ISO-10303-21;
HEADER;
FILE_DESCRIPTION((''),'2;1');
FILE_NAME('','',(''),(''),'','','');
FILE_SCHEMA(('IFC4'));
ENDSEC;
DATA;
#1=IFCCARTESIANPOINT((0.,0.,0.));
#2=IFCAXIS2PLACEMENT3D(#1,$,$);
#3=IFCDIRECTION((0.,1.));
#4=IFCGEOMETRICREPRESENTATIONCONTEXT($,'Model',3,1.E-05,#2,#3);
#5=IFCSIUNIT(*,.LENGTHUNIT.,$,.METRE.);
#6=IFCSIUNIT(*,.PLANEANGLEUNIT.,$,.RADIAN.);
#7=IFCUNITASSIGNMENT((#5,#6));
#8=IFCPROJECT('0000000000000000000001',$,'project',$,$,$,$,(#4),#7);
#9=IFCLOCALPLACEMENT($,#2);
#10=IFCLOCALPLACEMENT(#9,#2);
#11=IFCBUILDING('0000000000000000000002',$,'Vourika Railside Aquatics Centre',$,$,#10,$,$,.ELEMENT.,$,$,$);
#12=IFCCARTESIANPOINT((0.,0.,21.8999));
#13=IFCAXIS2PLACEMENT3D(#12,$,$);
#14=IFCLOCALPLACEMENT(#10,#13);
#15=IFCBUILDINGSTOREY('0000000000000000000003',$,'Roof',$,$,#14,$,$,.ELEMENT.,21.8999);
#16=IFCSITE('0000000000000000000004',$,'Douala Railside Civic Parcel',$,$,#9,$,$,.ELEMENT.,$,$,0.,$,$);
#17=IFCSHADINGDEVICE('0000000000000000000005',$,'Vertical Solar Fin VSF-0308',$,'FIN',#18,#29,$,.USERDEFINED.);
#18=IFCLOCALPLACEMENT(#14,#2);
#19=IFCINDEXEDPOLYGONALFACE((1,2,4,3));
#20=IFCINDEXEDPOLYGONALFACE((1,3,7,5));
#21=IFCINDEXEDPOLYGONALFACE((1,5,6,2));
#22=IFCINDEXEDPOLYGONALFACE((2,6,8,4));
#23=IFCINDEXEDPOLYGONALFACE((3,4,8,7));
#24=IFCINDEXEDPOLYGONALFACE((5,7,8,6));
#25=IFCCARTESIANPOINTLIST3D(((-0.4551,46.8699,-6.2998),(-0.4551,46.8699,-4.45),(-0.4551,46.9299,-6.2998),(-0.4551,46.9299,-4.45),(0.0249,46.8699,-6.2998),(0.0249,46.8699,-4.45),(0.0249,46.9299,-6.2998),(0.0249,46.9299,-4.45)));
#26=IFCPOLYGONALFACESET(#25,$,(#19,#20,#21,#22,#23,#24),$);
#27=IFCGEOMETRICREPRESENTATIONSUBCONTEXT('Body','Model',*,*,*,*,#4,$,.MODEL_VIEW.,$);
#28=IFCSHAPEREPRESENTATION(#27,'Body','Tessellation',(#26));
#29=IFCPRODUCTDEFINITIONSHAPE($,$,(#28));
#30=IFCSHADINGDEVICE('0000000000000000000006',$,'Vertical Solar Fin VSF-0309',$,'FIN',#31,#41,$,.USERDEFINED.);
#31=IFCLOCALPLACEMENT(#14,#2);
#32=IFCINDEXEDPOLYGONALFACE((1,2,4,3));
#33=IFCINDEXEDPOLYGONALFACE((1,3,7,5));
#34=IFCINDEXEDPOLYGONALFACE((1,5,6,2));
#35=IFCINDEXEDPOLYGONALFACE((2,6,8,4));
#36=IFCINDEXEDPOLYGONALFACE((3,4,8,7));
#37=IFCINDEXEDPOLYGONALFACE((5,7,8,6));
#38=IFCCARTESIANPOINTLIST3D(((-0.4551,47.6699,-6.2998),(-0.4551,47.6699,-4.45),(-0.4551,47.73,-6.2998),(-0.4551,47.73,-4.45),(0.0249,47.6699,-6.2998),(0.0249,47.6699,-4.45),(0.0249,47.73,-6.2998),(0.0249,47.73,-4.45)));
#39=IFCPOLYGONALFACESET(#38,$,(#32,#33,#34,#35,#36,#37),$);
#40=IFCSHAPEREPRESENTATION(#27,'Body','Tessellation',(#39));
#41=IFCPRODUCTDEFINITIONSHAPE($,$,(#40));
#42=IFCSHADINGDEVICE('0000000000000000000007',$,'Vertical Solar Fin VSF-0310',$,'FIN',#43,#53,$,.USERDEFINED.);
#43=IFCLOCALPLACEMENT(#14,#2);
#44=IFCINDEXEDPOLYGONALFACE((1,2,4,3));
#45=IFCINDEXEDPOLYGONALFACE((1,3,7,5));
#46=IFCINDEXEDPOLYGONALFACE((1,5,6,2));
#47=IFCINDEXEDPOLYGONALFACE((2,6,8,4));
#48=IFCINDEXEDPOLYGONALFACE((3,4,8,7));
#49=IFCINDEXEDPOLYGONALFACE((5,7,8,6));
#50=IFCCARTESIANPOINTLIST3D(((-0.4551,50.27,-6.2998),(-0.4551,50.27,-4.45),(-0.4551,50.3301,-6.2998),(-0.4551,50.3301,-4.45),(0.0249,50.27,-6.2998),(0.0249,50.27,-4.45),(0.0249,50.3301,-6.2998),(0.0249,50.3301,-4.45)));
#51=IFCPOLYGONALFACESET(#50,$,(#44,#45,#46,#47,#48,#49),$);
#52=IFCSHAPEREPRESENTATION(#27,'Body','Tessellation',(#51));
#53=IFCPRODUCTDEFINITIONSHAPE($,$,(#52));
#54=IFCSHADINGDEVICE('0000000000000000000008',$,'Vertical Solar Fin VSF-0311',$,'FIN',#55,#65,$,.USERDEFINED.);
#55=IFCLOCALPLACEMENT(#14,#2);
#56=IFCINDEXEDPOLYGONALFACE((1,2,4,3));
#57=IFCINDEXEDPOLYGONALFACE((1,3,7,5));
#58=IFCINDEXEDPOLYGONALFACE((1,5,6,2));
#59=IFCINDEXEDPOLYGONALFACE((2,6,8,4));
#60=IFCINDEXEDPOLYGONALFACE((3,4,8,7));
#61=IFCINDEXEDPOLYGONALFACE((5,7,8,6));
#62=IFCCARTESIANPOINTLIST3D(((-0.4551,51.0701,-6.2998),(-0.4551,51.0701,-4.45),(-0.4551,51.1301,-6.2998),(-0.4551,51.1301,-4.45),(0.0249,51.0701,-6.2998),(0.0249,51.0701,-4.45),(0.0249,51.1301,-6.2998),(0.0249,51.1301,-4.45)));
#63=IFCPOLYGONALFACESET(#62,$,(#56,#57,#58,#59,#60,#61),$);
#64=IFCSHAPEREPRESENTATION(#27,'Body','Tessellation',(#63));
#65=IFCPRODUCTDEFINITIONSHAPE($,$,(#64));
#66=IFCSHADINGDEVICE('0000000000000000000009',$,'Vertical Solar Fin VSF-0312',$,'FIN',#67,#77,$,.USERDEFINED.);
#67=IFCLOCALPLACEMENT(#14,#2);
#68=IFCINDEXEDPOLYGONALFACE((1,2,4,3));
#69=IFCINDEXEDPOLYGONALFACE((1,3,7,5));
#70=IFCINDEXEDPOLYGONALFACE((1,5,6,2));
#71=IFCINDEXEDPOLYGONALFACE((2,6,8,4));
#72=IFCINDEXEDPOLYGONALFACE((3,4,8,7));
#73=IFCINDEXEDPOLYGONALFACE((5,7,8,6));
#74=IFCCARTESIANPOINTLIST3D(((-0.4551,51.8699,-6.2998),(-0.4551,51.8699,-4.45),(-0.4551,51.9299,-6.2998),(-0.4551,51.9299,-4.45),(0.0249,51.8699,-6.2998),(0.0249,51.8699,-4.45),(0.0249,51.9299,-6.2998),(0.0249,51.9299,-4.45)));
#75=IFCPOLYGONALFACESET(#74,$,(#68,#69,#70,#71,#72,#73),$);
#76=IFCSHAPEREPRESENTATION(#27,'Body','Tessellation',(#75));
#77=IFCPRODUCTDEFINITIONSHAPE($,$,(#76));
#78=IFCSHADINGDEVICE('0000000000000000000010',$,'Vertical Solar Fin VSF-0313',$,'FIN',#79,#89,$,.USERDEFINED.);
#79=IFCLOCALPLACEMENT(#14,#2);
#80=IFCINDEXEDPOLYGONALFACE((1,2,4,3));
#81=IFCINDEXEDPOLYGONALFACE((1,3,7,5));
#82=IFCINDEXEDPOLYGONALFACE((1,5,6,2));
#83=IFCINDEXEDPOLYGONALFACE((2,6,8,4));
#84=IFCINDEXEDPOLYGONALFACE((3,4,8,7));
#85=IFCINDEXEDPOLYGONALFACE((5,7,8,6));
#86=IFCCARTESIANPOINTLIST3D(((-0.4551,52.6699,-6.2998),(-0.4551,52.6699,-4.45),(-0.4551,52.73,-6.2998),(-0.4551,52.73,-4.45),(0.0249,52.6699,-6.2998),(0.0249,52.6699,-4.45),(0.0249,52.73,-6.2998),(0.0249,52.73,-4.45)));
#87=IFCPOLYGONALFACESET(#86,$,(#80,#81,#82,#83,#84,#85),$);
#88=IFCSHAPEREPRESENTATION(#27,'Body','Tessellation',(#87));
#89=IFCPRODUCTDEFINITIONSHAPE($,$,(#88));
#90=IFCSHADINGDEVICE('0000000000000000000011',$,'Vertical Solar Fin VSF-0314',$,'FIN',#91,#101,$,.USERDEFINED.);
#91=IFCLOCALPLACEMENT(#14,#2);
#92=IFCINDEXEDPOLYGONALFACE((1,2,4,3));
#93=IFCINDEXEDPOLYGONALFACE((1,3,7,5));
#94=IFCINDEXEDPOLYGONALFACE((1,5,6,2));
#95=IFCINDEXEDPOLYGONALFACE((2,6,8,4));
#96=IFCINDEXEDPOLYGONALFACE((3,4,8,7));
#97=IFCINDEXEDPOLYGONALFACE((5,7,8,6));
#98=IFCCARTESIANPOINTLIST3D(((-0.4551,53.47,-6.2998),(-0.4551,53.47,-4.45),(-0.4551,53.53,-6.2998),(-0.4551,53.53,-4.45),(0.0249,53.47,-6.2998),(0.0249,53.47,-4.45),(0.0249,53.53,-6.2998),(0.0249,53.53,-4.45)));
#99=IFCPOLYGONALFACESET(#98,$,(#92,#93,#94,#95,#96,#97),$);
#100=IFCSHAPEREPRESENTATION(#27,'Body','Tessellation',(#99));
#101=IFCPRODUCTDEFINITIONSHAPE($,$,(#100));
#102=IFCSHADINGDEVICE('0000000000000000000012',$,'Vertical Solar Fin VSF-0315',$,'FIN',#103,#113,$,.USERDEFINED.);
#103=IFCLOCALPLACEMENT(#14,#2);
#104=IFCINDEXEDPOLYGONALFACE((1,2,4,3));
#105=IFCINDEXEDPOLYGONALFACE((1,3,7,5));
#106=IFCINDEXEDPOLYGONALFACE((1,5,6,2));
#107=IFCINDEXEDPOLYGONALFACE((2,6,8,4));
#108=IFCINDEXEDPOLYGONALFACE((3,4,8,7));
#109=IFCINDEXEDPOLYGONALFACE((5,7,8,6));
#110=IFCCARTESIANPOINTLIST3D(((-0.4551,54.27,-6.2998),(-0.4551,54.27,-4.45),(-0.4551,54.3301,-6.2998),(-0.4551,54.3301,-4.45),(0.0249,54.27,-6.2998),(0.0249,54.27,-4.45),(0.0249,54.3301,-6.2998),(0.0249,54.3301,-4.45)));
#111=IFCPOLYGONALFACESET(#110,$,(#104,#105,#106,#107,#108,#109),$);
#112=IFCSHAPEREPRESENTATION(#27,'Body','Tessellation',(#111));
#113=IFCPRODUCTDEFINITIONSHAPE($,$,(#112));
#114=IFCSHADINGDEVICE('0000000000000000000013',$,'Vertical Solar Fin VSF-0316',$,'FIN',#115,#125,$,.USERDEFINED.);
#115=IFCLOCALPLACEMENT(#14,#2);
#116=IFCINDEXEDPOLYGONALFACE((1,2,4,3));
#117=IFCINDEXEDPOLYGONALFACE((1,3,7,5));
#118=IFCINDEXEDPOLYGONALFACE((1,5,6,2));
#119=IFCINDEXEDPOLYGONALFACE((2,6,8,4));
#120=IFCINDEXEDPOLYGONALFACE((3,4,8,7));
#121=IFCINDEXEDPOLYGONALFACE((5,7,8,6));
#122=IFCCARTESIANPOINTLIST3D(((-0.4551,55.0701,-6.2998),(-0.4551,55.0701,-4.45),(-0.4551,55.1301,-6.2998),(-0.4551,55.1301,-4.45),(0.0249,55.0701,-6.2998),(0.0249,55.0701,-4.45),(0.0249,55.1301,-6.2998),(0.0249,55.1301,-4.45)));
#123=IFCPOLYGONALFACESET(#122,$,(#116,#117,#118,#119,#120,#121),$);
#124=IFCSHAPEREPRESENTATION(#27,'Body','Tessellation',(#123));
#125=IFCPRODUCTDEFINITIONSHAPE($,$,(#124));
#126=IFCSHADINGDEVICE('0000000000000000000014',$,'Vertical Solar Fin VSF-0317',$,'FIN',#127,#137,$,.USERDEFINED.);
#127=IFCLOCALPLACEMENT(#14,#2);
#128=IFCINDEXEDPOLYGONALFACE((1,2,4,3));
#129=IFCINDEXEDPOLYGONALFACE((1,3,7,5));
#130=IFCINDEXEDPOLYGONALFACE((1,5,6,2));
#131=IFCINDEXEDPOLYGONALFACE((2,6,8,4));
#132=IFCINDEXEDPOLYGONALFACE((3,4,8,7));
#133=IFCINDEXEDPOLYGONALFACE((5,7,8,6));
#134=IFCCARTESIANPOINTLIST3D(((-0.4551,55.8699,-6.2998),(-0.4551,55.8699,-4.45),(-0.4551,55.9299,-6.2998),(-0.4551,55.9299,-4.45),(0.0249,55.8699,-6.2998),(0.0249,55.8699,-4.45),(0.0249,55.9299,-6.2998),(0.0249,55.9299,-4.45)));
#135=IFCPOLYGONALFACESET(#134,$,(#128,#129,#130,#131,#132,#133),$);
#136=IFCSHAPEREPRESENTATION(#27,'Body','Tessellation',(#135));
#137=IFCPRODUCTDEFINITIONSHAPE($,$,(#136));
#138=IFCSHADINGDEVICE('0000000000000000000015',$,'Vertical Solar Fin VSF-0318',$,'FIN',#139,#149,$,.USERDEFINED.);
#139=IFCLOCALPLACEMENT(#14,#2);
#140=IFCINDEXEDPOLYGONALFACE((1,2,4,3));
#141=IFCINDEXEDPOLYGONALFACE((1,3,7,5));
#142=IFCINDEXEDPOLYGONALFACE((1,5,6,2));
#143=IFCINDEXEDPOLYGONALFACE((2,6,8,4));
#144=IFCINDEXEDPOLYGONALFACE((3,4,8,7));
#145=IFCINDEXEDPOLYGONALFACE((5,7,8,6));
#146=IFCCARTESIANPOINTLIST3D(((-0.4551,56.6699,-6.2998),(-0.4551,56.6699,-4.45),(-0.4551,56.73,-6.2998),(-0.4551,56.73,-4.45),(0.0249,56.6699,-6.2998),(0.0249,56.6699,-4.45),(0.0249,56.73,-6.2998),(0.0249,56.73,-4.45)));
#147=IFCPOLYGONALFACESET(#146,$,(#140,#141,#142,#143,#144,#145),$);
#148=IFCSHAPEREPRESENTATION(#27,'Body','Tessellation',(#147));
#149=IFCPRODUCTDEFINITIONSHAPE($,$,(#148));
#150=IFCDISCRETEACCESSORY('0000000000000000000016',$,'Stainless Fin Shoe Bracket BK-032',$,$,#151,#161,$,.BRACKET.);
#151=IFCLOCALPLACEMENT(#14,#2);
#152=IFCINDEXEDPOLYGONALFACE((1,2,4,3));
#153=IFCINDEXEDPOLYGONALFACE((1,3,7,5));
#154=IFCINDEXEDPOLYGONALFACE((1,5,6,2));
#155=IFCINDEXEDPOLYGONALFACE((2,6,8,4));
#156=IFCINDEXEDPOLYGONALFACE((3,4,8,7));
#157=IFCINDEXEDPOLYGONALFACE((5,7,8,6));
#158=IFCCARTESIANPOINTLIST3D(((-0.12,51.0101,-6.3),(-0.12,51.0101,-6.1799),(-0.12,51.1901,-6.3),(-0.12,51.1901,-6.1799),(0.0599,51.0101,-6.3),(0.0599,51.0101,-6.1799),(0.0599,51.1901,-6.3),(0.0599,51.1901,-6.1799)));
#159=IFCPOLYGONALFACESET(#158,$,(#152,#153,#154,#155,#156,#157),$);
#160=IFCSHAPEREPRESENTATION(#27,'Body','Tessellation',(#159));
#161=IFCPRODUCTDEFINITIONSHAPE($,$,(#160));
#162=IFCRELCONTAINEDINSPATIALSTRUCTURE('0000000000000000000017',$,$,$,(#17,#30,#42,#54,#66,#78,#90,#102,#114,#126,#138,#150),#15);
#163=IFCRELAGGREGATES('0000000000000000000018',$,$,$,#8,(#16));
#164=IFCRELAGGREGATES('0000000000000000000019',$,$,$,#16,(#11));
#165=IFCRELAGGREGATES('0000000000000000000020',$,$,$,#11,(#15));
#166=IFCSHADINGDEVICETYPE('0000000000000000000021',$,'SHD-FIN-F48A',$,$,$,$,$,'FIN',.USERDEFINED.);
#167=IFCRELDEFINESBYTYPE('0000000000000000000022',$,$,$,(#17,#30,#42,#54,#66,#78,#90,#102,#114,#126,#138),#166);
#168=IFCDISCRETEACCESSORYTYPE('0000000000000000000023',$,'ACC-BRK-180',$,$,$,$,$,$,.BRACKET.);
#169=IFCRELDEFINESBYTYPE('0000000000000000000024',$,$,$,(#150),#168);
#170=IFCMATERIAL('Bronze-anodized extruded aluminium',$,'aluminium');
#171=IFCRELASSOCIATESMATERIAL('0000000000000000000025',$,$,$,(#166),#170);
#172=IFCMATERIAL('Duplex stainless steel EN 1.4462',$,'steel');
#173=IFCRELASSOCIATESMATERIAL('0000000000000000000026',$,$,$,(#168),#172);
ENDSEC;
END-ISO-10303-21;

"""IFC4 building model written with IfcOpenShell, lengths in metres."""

from ifc_helpers import new_model, si_unit, direction, frame, origin, origin_2d, place, context, subcontext, project, spatial, rectangle, extrude, material, material_profile, profile_set, type_object, element, save


model = new_model("IFC4")

# Units and contexts
model_context = context("Model", 3, precision=1e-05, world=origin(), true_north=direction((0.0, 1.0)))
body_context = subcontext(model_context, "Body", "Model", "MODEL_VIEW")
ifc_project = project(units=[si_unit("LENGTHUNIT", "METRE"), si_unit("PLANEANGLEUNIT", "RADIAN")], contexts=[model_context])

# Site, building, storey
site_placement = place(None, origin())
site = spatial("IfcSite", under=ifc_project, at=site_placement, Name="Douala Railside Civic Parcel", CompositionType="ELEMENT", RefElevation=0.0)
building_placement = place(site_placement, origin())
building = spatial("IfcBuilding", under=site, at=building_placement, Name="Vourika Railside Aquatics Centre", CompositionType="ELEMENT")
storey_placement = place(building_placement, frame((0.0, 0.0, 21.8999)))
storey = spatial("IfcBuildingStorey", under=building, at=storey_placement, Name="Roof", CompositionType="ELEMENT", Elevation=21.8999)

# Shading devices
ifc_material_1 = material(Name="Bronze-anodized extruded aluminium", Category="aluminium")
ifc_material_profile_1 = material_profile(ifc_material_1, rectangle(XDim=0.0601, YDim=0.48, at=origin_2d()), Name="ALU-FIN 60x480")
ifc_profile_set_1 = profile_set([ifc_material_profile_1], Name="Bronze-anodized extruded aluminium")
shading_device_type = type_object("IfcShadingDeviceType", Name="SHD-FIN-F48A", ElementType="FIN", PredefinedType="USERDEFINED", material=ifc_profile_set_1)
for number, where, z_axis, x_axis, name in (
    (1, (-0.2151, 46.8999, -6.2998), (0.0, 0.0, 1.0), (0.0, 1.0, 0.0), "Vertical Solar Fin VSF-0308"),
    (2, (-0.2151, 47.7, -6.2998), (0.0, 0.0, 1.0), (0.0, 1.0, 0.0), "Vertical Solar Fin VSF-0309"),
    (3, (-0.2151, 50.3, -6.2998), (0.0, 0.0, 1.0), (0.0, 1.0, 0.0), "Vertical Solar Fin VSF-0310"),
    (4, (-0.2151, 51.1001, -6.2998), (0.0, 0.0, 1.0), (0.0, 1.0, 0.0), "Vertical Solar Fin VSF-0311"),
    (5, (-0.2151, 51.8999, -6.2998), (0.0, 0.0, 1.0), (0.0, 1.0, 0.0), "Vertical Solar Fin VSF-0312"),
    (6, (-0.2151, 52.7, -6.2998), (0.0, 0.0, 1.0), (0.0, 1.0, 0.0), "Vertical Solar Fin VSF-0313"),
    (7, (-0.2151, 53.5, -6.2998), (0.0, 0.0, 1.0), (0.0, 1.0, 0.0), "Vertical Solar Fin VSF-0314"),
    (8, (-0.2151, 54.3, -6.2998), (0.0, 0.0, 1.0), (0.0, 1.0, 0.0), "Vertical Solar Fin VSF-0315"),
    (9, (-0.2151, 55.1001, -6.2998), (0.0, 0.0, 1.0), (0.0, 1.0, 0.0), "Vertical Solar Fin VSF-0316"),
    (10, (-0.2151, 55.8999, -6.2998), (0.0, 0.0, 1.0), (0.0, 1.0, 0.0), "Vertical Solar Fin VSF-0317"),
    (11, (-0.2151, 56.7, -6.2998), (0.0, 0.0, 1.0), (0.0, 1.0, 0.0), "Vertical Solar Fin VSF-0318"),
):
    element("IfcShadingDevice", number, at=place(storey_placement, frame(where, z_axis=z_axis, x_axis=x_axis)), inside=storey, type_object=shading_device_type, Name=name, ObjectType="FIN", PredefinedType="USERDEFINED", context=body_context, shape_type="SweptSolid", body=[
        extrude(rectangle(XDim=0.0601, YDim=0.48, at=origin_2d()), origin(), (0.0, 0.0, 1.0), 1.8499),
    ])

# Discrete accessory
ifc_material_2 = material(Name="Duplex stainless steel EN 1.4462", Category="steel")
discrete_accessory_type = type_object("IfcDiscreteAccessoryType", Name="ACC-BRK-180", PredefinedType="BRACKET", material=ifc_material_2)
discrete_accessory_placement = place(storey_placement, frame((-0.03, 51.1001, -6.3), z_axis=(0.0, 0.0, 1.0), x_axis=(-1.0, 0.0, 0.0)))
element("IfcDiscreteAccessory", 12, at=discrete_accessory_placement, inside=storey, type_object=discrete_accessory_type, Name="Stainless Fin Shoe Bracket BK-032", PredefinedType="BRACKET", context=body_context, shape_type="SweptSolid", body=[
    extrude(rectangle(XDim=0.1799, YDim=0.1799, at=origin_2d()), origin(), (0.0, 0.0, 1.0), 0.1201),
])

save(model, "model.ifc")
